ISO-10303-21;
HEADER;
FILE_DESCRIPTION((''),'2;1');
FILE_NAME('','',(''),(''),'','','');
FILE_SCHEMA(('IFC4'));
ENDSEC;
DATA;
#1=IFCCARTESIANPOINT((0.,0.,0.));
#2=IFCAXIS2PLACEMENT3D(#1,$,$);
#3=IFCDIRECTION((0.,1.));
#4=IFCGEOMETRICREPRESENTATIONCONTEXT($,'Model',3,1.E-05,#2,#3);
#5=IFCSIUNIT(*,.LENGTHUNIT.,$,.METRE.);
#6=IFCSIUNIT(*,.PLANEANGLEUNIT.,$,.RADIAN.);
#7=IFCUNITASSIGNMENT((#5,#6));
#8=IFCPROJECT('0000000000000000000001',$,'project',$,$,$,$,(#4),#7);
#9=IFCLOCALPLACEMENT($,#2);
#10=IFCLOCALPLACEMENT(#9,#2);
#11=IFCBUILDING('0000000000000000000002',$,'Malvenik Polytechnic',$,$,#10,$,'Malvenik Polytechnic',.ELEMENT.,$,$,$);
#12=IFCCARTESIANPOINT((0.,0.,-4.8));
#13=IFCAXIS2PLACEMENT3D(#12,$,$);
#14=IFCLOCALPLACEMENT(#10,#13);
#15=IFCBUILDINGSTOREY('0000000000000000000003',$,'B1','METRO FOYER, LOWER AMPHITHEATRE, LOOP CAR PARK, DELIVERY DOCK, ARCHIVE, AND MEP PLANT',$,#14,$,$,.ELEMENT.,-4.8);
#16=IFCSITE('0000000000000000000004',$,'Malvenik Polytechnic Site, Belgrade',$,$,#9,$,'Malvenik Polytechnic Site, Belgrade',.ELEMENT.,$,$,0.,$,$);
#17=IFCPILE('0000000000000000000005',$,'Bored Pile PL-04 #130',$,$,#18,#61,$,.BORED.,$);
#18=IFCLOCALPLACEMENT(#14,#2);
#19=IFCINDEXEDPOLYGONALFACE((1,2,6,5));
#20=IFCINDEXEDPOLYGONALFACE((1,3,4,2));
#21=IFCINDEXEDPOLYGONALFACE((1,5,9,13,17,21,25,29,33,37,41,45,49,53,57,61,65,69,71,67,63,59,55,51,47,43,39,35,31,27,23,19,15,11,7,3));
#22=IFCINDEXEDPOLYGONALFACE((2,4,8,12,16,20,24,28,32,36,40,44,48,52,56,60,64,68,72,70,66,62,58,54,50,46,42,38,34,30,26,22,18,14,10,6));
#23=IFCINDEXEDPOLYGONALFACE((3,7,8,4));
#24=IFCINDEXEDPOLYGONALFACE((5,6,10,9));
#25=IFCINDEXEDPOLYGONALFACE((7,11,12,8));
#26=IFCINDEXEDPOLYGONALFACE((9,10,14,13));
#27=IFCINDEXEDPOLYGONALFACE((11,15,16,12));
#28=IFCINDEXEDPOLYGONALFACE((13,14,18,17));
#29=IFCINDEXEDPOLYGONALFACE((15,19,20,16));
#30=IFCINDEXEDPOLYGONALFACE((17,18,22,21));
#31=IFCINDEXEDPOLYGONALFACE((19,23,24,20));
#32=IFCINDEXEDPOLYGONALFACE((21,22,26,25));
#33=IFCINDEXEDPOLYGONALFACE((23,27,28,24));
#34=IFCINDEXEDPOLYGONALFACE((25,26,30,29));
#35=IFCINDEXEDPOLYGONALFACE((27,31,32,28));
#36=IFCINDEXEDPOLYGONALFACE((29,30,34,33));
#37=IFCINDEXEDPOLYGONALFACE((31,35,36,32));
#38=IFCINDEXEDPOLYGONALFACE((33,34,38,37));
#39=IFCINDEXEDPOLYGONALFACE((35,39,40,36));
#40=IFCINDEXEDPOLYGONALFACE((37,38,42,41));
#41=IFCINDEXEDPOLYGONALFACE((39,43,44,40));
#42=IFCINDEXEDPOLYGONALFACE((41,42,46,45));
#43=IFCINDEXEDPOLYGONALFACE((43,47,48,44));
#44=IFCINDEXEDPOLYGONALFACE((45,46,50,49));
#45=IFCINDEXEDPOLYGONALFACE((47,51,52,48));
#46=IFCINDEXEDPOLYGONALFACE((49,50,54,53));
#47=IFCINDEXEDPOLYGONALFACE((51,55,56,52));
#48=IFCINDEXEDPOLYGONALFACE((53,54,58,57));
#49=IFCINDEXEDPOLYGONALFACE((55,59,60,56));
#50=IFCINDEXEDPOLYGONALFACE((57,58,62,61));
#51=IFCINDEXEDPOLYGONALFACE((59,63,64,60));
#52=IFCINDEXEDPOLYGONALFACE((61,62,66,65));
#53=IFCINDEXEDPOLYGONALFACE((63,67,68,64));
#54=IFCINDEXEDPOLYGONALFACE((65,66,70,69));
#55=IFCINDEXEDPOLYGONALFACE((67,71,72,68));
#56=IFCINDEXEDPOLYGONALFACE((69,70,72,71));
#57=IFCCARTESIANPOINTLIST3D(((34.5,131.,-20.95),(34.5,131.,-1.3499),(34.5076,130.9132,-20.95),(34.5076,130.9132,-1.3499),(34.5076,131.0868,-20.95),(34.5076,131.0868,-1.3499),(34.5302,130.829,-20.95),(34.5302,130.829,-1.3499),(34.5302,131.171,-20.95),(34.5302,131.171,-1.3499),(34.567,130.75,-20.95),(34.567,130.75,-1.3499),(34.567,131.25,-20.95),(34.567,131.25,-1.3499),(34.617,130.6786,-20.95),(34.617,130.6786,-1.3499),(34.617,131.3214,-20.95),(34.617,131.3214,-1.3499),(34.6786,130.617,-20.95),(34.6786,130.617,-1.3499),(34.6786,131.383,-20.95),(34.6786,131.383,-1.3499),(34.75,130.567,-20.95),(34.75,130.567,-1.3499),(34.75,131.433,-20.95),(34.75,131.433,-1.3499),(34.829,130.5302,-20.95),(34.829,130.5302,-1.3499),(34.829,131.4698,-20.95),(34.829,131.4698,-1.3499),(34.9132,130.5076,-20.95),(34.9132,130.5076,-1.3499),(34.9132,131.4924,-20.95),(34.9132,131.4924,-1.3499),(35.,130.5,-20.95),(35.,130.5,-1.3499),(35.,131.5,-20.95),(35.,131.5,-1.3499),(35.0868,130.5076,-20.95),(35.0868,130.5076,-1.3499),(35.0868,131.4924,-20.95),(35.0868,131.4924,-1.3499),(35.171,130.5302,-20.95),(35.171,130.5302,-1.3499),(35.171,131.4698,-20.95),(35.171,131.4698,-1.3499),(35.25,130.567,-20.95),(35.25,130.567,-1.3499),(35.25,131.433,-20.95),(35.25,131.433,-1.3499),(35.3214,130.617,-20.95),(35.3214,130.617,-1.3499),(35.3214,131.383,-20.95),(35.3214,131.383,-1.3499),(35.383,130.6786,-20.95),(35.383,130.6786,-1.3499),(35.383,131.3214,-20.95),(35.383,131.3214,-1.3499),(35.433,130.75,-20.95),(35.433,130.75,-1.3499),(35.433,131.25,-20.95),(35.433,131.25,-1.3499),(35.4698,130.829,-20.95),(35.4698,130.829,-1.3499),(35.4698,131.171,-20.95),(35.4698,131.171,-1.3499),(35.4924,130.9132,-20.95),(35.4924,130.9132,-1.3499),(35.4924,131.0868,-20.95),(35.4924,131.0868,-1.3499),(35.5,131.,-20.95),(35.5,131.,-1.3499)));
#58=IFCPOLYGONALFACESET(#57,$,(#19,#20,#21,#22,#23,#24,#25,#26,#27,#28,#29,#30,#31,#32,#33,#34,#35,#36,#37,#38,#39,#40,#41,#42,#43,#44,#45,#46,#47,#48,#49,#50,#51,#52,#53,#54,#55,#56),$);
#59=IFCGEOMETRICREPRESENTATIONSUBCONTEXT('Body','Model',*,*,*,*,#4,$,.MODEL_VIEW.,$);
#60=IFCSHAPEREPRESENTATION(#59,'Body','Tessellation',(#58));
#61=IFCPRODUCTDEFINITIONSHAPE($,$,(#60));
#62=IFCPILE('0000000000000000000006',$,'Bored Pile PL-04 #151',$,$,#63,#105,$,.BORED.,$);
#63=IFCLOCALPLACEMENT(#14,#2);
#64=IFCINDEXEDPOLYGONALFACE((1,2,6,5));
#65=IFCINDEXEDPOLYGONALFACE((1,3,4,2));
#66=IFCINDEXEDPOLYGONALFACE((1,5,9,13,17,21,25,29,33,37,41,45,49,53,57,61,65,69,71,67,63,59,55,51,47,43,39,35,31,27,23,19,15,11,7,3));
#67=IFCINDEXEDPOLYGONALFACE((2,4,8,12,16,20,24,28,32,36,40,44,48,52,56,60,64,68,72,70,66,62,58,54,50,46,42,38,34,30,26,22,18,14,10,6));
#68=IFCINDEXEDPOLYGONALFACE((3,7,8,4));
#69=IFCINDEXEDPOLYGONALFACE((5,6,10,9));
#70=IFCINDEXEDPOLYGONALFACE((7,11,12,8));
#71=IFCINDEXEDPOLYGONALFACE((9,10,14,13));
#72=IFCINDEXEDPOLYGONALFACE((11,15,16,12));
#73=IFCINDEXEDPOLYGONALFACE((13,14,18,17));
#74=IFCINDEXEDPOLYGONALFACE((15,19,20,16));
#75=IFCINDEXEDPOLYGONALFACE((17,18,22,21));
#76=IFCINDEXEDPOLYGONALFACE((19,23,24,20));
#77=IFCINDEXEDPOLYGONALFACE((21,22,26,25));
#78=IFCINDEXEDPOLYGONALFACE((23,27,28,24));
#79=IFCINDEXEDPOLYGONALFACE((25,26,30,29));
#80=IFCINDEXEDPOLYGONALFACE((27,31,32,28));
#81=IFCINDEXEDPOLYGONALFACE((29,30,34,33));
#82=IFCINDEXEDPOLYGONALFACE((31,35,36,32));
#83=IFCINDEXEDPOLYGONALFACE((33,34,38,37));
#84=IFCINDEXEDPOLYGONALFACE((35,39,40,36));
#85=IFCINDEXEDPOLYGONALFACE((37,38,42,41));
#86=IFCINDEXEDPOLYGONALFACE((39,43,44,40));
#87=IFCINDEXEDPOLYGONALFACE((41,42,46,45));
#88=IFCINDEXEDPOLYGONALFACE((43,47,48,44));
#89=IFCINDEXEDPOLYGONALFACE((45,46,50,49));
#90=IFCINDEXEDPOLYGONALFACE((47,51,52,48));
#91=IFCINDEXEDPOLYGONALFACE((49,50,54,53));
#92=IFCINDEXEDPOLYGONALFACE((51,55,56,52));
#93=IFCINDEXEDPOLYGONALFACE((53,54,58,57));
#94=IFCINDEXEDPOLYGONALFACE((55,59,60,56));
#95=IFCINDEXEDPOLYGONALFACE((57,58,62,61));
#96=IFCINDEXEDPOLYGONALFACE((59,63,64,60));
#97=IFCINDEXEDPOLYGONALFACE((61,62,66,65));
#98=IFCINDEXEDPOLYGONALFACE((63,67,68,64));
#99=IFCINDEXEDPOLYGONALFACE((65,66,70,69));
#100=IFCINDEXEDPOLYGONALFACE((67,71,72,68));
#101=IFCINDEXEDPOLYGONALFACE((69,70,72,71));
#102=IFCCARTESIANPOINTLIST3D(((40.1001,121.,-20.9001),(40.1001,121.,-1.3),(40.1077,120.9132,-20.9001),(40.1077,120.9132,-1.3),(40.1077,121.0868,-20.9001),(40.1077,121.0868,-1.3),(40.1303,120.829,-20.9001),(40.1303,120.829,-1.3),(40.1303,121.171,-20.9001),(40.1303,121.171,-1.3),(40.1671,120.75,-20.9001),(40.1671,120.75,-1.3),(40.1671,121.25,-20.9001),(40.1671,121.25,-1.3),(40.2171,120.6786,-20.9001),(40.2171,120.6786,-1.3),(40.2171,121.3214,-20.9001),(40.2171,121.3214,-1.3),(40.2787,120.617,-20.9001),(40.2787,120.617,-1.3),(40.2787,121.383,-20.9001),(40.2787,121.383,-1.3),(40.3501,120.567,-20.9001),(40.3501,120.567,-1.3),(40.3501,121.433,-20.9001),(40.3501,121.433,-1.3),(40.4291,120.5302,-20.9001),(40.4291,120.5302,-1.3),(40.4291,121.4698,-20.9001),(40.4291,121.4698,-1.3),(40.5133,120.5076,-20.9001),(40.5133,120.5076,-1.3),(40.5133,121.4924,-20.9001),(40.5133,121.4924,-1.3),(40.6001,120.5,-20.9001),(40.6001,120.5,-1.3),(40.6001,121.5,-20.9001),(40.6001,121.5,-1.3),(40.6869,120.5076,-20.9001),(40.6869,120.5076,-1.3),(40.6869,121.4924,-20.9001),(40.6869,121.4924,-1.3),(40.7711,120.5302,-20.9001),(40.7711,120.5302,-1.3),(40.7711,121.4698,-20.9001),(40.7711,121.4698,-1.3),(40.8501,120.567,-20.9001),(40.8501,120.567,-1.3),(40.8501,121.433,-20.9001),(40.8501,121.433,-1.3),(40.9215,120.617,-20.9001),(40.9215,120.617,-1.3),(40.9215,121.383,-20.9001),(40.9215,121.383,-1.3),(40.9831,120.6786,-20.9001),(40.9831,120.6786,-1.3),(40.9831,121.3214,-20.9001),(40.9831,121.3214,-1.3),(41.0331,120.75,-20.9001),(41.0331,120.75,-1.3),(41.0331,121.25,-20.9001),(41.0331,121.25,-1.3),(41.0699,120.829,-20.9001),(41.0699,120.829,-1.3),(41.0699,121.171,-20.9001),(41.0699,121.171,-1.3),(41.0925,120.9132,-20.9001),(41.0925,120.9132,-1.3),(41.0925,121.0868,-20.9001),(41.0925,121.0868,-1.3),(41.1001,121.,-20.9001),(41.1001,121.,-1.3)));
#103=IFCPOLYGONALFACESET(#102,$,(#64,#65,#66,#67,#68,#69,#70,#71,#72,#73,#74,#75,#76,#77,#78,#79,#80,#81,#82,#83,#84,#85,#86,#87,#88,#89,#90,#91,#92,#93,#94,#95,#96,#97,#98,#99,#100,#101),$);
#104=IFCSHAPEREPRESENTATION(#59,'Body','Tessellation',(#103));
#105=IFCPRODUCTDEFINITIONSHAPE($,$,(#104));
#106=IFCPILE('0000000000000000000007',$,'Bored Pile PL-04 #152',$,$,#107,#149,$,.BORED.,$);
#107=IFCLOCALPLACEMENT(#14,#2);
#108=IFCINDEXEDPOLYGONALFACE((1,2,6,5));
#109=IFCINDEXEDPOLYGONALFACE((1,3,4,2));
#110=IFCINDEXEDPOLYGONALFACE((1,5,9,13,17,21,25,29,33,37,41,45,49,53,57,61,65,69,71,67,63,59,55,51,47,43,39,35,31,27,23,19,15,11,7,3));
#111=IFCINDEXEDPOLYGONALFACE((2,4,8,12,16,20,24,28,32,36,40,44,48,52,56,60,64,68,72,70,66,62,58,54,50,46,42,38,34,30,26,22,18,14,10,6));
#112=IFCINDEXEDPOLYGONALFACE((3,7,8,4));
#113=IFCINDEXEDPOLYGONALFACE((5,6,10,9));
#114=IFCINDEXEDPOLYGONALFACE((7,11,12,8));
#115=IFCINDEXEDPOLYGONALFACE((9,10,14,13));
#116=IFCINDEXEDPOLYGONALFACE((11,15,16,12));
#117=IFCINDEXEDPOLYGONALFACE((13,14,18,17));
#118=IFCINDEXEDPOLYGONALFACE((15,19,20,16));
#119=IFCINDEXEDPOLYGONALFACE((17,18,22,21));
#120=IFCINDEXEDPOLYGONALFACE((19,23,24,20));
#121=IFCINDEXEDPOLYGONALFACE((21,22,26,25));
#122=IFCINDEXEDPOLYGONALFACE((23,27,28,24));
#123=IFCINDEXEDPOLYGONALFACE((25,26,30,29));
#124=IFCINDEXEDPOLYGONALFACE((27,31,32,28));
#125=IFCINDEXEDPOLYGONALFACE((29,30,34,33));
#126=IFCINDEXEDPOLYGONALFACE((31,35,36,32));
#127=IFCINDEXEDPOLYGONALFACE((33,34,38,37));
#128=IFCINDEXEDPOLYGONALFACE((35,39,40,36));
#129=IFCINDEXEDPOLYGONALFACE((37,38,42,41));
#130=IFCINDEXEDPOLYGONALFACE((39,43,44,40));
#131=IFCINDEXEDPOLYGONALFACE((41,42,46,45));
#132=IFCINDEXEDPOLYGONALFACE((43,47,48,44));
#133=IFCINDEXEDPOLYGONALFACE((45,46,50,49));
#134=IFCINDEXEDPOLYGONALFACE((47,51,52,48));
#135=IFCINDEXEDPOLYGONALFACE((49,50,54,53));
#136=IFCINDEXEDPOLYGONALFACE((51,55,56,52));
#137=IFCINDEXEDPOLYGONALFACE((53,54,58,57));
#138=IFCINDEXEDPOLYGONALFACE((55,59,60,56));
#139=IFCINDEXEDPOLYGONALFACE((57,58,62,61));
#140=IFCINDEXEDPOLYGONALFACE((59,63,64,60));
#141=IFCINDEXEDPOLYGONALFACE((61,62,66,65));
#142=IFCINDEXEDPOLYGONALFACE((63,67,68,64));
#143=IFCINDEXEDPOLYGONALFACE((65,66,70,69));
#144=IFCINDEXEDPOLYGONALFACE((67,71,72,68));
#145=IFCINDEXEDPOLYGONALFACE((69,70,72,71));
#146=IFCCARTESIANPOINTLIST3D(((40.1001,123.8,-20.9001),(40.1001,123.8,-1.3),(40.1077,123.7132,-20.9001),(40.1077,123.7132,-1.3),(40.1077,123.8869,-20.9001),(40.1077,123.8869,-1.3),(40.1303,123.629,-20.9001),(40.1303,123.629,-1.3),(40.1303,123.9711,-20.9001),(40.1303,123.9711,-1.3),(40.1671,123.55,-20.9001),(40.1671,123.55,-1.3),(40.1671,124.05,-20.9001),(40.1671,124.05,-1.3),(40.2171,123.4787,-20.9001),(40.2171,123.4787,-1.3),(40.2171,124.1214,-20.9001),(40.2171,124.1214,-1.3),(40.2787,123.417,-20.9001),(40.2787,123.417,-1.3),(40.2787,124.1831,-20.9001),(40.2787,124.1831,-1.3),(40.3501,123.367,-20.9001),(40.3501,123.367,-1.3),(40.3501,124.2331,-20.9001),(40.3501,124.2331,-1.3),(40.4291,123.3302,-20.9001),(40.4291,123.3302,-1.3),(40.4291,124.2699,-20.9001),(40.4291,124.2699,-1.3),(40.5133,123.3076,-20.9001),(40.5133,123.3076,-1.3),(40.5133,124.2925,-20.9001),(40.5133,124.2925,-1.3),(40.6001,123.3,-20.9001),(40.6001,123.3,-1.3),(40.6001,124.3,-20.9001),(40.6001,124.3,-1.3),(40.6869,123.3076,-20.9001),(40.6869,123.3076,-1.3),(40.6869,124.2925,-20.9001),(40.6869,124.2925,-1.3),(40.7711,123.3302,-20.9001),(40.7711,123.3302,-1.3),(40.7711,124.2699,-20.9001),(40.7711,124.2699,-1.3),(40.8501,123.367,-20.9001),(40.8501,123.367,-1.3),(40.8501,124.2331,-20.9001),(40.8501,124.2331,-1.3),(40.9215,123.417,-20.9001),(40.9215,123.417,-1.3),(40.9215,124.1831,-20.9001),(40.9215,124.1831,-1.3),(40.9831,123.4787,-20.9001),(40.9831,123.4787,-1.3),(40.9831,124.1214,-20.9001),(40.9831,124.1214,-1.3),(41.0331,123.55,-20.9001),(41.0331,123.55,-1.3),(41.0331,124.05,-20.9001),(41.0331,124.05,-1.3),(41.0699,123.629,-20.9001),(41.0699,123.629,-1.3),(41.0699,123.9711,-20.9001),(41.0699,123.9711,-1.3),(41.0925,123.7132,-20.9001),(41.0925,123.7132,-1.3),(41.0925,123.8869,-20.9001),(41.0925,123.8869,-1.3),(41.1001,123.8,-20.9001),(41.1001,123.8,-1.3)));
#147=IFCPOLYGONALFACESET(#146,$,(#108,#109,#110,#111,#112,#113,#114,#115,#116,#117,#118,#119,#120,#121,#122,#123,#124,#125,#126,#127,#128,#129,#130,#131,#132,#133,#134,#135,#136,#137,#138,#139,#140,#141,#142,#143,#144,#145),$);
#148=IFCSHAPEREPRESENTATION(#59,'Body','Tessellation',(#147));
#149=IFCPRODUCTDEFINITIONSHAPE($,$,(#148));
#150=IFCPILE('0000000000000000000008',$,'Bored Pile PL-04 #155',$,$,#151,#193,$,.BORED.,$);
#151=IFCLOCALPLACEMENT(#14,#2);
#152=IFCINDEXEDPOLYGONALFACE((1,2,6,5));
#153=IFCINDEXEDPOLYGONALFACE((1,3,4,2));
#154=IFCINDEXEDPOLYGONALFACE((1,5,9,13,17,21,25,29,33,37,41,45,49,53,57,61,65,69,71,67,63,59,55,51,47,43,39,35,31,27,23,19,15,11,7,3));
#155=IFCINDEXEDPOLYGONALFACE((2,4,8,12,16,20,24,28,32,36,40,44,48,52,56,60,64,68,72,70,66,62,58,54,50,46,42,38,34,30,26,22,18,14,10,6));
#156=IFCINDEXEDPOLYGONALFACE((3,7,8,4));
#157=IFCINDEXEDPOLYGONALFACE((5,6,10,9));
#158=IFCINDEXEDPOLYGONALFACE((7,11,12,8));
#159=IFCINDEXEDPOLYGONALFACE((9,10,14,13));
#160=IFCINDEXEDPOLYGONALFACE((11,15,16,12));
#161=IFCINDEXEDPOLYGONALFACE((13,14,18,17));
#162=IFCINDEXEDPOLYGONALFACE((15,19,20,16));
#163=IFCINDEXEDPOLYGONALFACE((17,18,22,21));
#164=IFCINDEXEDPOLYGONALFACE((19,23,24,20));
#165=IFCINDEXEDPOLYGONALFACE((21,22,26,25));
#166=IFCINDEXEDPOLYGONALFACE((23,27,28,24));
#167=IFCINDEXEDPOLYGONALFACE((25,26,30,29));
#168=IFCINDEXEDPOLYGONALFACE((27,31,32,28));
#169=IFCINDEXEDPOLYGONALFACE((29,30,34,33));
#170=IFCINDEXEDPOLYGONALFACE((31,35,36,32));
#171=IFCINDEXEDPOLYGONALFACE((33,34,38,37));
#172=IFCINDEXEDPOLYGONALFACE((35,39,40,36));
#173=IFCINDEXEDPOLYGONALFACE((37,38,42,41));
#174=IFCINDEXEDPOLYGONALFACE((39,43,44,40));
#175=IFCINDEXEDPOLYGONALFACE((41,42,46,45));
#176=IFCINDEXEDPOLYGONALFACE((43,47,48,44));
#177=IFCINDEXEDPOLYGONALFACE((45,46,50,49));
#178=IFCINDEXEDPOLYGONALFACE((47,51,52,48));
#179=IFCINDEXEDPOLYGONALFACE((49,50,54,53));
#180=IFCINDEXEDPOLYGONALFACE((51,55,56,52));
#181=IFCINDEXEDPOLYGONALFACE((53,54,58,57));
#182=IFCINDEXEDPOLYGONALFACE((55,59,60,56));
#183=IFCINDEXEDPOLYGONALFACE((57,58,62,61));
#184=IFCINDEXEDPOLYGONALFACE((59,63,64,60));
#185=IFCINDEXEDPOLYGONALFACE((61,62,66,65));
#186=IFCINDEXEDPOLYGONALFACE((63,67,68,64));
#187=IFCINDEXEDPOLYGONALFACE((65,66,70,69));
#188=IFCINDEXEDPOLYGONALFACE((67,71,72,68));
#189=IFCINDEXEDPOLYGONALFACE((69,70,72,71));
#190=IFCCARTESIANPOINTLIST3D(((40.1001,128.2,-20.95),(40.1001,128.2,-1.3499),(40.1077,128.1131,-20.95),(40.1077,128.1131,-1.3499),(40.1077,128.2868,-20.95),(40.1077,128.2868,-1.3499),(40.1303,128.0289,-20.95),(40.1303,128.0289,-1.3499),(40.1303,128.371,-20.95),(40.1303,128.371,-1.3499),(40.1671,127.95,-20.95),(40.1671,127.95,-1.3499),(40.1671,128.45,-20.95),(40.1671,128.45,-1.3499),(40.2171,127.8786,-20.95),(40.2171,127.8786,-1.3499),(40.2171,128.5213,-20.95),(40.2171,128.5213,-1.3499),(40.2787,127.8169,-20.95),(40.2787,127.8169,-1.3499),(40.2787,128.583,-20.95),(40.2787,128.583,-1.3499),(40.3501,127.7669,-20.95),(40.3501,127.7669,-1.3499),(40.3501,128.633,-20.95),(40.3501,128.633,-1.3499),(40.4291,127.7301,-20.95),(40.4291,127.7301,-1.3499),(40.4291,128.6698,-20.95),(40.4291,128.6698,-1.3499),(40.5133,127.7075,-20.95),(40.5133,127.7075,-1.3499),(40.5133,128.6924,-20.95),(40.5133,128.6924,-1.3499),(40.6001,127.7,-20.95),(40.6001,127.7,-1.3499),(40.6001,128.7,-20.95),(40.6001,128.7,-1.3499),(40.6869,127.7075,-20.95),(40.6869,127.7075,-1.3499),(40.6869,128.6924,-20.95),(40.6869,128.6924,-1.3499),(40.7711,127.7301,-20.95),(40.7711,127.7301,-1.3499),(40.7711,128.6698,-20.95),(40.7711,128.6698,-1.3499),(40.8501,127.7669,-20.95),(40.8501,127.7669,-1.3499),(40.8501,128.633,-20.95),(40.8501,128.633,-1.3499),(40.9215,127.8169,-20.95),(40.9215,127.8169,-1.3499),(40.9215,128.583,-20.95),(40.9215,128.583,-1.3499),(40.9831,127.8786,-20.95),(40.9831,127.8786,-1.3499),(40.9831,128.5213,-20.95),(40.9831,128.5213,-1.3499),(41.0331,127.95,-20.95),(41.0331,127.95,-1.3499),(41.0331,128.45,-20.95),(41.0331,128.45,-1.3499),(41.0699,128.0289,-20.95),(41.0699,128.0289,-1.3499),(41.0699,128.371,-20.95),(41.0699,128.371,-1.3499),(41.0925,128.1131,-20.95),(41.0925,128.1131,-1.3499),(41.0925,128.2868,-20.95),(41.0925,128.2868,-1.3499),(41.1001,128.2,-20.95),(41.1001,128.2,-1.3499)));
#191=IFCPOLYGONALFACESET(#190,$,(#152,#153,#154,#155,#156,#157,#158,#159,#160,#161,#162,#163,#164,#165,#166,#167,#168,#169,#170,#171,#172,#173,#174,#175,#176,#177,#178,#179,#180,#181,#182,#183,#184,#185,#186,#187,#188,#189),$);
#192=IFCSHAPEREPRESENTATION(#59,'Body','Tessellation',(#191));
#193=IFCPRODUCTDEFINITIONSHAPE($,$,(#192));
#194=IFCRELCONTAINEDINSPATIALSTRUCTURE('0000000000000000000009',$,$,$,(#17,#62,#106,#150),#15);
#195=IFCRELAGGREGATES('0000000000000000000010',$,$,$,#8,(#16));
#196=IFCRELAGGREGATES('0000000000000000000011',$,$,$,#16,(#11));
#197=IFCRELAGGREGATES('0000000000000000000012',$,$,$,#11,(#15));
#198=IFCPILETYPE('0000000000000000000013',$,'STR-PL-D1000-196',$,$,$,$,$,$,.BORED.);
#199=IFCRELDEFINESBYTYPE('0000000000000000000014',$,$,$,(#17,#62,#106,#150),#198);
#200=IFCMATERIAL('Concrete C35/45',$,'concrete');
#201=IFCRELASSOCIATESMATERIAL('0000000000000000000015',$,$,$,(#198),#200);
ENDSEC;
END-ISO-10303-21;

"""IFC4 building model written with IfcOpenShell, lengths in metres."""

from ifc_helpers import new_model, si_unit, direction, frame, origin, origin_2d, place, context, subcontext, project, spatial, circle, extrude, material, material_profile, profile_set, type_object, element, save


model = new_model("IFC4")

# Units and contexts
model_context = context("Model", 3, precision=1e-05, world=origin(), true_north=direction((0.0, 1.0)))
body_context = subcontext(model_context, "Body", "Model", "MODEL_VIEW")
ifc_project = project(units=[si_unit("LENGTHUNIT", "METRE"), si_unit("PLANEANGLEUNIT", "RADIAN")], contexts=[model_context])

# Site, building, storey
site_placement = place(None, origin())
site = spatial("IfcSite", under=ifc_project, at=site_placement, Name="Malvenik Polytechnic Site, Belgrade", LongName="Malvenik Polytechnic Site, Belgrade", CompositionType="ELEMENT", RefElevation=0.0)
building_placement = place(site_placement, origin())
building = spatial("IfcBuilding", under=site, at=building_placement, Name="Malvenik Polytechnic", LongName="Malvenik Polytechnic", CompositionType="ELEMENT")
storey_placement = place(building_placement, frame((0.0, 0.0, -4.8)))
storey = spatial("IfcBuildingStorey", under=building, at=storey_placement, Name="B1", Description="METRO FOYER, LOWER AMPHITHEATRE, LOOP CAR PARK, DELIVERY DOCK, ARCHIVE, AND MEP PLANT", CompositionType="ELEMENT", Elevation=-4.8)

# Shared definitions
ifc_material_1 = material(Name="Concrete C35/45", Category="concrete")

# Piles
ifc_material_profile_1 = material_profile(ifc_material_1, circle(Radius=0.5, at=origin_2d()), Name="BORED PILE D1000")
ifc_profile_set_1 = profile_set([ifc_material_profile_1], Name="Concrete C35/45")
pile_type = type_object("IfcPileType", Name="STR-PL-D1000-196", PredefinedType="BORED", material=ifc_profile_set_1)
for number, where, z_axis, x_axis, name in (
    (1, (35.0, 131.0, -1.3499), (0.0, 0.0, -1.0), (1.0, 0.0, 0.0), "Bored Pile PL-04 #130"),
    (2, (40.6001, 121.0, -1.3), (0.0, 0.0, -1.0), (1.0, 0.0, 0.0), "Bored Pile PL-04 #151"),
    (3, (40.6001, 123.8, -1.3), (0.0, 0.0, -1.0), (1.0, 0.0, 0.0), "Bored Pile PL-04 #152"),
    (4, (40.6001, 128.2, -1.3499), (0.0, 0.0, -1.0), (1.0, 0.0, 0.0), "Bored Pile PL-04 #155"),
):
    element("IfcPile", number, at=place(storey_placement, frame(where, z_axis=z_axis, x_axis=x_axis)), inside=storey, type_object=pile_type, Name=name, PredefinedType="BORED", context=body_context, shape_type="SweptSolid", body=[
        extrude(circle(Radius=0.5, at=origin_2d()), origin(), (0.0, 0.0, 1.0), 19.6001),
    ])

save(model, "model.ifc")
